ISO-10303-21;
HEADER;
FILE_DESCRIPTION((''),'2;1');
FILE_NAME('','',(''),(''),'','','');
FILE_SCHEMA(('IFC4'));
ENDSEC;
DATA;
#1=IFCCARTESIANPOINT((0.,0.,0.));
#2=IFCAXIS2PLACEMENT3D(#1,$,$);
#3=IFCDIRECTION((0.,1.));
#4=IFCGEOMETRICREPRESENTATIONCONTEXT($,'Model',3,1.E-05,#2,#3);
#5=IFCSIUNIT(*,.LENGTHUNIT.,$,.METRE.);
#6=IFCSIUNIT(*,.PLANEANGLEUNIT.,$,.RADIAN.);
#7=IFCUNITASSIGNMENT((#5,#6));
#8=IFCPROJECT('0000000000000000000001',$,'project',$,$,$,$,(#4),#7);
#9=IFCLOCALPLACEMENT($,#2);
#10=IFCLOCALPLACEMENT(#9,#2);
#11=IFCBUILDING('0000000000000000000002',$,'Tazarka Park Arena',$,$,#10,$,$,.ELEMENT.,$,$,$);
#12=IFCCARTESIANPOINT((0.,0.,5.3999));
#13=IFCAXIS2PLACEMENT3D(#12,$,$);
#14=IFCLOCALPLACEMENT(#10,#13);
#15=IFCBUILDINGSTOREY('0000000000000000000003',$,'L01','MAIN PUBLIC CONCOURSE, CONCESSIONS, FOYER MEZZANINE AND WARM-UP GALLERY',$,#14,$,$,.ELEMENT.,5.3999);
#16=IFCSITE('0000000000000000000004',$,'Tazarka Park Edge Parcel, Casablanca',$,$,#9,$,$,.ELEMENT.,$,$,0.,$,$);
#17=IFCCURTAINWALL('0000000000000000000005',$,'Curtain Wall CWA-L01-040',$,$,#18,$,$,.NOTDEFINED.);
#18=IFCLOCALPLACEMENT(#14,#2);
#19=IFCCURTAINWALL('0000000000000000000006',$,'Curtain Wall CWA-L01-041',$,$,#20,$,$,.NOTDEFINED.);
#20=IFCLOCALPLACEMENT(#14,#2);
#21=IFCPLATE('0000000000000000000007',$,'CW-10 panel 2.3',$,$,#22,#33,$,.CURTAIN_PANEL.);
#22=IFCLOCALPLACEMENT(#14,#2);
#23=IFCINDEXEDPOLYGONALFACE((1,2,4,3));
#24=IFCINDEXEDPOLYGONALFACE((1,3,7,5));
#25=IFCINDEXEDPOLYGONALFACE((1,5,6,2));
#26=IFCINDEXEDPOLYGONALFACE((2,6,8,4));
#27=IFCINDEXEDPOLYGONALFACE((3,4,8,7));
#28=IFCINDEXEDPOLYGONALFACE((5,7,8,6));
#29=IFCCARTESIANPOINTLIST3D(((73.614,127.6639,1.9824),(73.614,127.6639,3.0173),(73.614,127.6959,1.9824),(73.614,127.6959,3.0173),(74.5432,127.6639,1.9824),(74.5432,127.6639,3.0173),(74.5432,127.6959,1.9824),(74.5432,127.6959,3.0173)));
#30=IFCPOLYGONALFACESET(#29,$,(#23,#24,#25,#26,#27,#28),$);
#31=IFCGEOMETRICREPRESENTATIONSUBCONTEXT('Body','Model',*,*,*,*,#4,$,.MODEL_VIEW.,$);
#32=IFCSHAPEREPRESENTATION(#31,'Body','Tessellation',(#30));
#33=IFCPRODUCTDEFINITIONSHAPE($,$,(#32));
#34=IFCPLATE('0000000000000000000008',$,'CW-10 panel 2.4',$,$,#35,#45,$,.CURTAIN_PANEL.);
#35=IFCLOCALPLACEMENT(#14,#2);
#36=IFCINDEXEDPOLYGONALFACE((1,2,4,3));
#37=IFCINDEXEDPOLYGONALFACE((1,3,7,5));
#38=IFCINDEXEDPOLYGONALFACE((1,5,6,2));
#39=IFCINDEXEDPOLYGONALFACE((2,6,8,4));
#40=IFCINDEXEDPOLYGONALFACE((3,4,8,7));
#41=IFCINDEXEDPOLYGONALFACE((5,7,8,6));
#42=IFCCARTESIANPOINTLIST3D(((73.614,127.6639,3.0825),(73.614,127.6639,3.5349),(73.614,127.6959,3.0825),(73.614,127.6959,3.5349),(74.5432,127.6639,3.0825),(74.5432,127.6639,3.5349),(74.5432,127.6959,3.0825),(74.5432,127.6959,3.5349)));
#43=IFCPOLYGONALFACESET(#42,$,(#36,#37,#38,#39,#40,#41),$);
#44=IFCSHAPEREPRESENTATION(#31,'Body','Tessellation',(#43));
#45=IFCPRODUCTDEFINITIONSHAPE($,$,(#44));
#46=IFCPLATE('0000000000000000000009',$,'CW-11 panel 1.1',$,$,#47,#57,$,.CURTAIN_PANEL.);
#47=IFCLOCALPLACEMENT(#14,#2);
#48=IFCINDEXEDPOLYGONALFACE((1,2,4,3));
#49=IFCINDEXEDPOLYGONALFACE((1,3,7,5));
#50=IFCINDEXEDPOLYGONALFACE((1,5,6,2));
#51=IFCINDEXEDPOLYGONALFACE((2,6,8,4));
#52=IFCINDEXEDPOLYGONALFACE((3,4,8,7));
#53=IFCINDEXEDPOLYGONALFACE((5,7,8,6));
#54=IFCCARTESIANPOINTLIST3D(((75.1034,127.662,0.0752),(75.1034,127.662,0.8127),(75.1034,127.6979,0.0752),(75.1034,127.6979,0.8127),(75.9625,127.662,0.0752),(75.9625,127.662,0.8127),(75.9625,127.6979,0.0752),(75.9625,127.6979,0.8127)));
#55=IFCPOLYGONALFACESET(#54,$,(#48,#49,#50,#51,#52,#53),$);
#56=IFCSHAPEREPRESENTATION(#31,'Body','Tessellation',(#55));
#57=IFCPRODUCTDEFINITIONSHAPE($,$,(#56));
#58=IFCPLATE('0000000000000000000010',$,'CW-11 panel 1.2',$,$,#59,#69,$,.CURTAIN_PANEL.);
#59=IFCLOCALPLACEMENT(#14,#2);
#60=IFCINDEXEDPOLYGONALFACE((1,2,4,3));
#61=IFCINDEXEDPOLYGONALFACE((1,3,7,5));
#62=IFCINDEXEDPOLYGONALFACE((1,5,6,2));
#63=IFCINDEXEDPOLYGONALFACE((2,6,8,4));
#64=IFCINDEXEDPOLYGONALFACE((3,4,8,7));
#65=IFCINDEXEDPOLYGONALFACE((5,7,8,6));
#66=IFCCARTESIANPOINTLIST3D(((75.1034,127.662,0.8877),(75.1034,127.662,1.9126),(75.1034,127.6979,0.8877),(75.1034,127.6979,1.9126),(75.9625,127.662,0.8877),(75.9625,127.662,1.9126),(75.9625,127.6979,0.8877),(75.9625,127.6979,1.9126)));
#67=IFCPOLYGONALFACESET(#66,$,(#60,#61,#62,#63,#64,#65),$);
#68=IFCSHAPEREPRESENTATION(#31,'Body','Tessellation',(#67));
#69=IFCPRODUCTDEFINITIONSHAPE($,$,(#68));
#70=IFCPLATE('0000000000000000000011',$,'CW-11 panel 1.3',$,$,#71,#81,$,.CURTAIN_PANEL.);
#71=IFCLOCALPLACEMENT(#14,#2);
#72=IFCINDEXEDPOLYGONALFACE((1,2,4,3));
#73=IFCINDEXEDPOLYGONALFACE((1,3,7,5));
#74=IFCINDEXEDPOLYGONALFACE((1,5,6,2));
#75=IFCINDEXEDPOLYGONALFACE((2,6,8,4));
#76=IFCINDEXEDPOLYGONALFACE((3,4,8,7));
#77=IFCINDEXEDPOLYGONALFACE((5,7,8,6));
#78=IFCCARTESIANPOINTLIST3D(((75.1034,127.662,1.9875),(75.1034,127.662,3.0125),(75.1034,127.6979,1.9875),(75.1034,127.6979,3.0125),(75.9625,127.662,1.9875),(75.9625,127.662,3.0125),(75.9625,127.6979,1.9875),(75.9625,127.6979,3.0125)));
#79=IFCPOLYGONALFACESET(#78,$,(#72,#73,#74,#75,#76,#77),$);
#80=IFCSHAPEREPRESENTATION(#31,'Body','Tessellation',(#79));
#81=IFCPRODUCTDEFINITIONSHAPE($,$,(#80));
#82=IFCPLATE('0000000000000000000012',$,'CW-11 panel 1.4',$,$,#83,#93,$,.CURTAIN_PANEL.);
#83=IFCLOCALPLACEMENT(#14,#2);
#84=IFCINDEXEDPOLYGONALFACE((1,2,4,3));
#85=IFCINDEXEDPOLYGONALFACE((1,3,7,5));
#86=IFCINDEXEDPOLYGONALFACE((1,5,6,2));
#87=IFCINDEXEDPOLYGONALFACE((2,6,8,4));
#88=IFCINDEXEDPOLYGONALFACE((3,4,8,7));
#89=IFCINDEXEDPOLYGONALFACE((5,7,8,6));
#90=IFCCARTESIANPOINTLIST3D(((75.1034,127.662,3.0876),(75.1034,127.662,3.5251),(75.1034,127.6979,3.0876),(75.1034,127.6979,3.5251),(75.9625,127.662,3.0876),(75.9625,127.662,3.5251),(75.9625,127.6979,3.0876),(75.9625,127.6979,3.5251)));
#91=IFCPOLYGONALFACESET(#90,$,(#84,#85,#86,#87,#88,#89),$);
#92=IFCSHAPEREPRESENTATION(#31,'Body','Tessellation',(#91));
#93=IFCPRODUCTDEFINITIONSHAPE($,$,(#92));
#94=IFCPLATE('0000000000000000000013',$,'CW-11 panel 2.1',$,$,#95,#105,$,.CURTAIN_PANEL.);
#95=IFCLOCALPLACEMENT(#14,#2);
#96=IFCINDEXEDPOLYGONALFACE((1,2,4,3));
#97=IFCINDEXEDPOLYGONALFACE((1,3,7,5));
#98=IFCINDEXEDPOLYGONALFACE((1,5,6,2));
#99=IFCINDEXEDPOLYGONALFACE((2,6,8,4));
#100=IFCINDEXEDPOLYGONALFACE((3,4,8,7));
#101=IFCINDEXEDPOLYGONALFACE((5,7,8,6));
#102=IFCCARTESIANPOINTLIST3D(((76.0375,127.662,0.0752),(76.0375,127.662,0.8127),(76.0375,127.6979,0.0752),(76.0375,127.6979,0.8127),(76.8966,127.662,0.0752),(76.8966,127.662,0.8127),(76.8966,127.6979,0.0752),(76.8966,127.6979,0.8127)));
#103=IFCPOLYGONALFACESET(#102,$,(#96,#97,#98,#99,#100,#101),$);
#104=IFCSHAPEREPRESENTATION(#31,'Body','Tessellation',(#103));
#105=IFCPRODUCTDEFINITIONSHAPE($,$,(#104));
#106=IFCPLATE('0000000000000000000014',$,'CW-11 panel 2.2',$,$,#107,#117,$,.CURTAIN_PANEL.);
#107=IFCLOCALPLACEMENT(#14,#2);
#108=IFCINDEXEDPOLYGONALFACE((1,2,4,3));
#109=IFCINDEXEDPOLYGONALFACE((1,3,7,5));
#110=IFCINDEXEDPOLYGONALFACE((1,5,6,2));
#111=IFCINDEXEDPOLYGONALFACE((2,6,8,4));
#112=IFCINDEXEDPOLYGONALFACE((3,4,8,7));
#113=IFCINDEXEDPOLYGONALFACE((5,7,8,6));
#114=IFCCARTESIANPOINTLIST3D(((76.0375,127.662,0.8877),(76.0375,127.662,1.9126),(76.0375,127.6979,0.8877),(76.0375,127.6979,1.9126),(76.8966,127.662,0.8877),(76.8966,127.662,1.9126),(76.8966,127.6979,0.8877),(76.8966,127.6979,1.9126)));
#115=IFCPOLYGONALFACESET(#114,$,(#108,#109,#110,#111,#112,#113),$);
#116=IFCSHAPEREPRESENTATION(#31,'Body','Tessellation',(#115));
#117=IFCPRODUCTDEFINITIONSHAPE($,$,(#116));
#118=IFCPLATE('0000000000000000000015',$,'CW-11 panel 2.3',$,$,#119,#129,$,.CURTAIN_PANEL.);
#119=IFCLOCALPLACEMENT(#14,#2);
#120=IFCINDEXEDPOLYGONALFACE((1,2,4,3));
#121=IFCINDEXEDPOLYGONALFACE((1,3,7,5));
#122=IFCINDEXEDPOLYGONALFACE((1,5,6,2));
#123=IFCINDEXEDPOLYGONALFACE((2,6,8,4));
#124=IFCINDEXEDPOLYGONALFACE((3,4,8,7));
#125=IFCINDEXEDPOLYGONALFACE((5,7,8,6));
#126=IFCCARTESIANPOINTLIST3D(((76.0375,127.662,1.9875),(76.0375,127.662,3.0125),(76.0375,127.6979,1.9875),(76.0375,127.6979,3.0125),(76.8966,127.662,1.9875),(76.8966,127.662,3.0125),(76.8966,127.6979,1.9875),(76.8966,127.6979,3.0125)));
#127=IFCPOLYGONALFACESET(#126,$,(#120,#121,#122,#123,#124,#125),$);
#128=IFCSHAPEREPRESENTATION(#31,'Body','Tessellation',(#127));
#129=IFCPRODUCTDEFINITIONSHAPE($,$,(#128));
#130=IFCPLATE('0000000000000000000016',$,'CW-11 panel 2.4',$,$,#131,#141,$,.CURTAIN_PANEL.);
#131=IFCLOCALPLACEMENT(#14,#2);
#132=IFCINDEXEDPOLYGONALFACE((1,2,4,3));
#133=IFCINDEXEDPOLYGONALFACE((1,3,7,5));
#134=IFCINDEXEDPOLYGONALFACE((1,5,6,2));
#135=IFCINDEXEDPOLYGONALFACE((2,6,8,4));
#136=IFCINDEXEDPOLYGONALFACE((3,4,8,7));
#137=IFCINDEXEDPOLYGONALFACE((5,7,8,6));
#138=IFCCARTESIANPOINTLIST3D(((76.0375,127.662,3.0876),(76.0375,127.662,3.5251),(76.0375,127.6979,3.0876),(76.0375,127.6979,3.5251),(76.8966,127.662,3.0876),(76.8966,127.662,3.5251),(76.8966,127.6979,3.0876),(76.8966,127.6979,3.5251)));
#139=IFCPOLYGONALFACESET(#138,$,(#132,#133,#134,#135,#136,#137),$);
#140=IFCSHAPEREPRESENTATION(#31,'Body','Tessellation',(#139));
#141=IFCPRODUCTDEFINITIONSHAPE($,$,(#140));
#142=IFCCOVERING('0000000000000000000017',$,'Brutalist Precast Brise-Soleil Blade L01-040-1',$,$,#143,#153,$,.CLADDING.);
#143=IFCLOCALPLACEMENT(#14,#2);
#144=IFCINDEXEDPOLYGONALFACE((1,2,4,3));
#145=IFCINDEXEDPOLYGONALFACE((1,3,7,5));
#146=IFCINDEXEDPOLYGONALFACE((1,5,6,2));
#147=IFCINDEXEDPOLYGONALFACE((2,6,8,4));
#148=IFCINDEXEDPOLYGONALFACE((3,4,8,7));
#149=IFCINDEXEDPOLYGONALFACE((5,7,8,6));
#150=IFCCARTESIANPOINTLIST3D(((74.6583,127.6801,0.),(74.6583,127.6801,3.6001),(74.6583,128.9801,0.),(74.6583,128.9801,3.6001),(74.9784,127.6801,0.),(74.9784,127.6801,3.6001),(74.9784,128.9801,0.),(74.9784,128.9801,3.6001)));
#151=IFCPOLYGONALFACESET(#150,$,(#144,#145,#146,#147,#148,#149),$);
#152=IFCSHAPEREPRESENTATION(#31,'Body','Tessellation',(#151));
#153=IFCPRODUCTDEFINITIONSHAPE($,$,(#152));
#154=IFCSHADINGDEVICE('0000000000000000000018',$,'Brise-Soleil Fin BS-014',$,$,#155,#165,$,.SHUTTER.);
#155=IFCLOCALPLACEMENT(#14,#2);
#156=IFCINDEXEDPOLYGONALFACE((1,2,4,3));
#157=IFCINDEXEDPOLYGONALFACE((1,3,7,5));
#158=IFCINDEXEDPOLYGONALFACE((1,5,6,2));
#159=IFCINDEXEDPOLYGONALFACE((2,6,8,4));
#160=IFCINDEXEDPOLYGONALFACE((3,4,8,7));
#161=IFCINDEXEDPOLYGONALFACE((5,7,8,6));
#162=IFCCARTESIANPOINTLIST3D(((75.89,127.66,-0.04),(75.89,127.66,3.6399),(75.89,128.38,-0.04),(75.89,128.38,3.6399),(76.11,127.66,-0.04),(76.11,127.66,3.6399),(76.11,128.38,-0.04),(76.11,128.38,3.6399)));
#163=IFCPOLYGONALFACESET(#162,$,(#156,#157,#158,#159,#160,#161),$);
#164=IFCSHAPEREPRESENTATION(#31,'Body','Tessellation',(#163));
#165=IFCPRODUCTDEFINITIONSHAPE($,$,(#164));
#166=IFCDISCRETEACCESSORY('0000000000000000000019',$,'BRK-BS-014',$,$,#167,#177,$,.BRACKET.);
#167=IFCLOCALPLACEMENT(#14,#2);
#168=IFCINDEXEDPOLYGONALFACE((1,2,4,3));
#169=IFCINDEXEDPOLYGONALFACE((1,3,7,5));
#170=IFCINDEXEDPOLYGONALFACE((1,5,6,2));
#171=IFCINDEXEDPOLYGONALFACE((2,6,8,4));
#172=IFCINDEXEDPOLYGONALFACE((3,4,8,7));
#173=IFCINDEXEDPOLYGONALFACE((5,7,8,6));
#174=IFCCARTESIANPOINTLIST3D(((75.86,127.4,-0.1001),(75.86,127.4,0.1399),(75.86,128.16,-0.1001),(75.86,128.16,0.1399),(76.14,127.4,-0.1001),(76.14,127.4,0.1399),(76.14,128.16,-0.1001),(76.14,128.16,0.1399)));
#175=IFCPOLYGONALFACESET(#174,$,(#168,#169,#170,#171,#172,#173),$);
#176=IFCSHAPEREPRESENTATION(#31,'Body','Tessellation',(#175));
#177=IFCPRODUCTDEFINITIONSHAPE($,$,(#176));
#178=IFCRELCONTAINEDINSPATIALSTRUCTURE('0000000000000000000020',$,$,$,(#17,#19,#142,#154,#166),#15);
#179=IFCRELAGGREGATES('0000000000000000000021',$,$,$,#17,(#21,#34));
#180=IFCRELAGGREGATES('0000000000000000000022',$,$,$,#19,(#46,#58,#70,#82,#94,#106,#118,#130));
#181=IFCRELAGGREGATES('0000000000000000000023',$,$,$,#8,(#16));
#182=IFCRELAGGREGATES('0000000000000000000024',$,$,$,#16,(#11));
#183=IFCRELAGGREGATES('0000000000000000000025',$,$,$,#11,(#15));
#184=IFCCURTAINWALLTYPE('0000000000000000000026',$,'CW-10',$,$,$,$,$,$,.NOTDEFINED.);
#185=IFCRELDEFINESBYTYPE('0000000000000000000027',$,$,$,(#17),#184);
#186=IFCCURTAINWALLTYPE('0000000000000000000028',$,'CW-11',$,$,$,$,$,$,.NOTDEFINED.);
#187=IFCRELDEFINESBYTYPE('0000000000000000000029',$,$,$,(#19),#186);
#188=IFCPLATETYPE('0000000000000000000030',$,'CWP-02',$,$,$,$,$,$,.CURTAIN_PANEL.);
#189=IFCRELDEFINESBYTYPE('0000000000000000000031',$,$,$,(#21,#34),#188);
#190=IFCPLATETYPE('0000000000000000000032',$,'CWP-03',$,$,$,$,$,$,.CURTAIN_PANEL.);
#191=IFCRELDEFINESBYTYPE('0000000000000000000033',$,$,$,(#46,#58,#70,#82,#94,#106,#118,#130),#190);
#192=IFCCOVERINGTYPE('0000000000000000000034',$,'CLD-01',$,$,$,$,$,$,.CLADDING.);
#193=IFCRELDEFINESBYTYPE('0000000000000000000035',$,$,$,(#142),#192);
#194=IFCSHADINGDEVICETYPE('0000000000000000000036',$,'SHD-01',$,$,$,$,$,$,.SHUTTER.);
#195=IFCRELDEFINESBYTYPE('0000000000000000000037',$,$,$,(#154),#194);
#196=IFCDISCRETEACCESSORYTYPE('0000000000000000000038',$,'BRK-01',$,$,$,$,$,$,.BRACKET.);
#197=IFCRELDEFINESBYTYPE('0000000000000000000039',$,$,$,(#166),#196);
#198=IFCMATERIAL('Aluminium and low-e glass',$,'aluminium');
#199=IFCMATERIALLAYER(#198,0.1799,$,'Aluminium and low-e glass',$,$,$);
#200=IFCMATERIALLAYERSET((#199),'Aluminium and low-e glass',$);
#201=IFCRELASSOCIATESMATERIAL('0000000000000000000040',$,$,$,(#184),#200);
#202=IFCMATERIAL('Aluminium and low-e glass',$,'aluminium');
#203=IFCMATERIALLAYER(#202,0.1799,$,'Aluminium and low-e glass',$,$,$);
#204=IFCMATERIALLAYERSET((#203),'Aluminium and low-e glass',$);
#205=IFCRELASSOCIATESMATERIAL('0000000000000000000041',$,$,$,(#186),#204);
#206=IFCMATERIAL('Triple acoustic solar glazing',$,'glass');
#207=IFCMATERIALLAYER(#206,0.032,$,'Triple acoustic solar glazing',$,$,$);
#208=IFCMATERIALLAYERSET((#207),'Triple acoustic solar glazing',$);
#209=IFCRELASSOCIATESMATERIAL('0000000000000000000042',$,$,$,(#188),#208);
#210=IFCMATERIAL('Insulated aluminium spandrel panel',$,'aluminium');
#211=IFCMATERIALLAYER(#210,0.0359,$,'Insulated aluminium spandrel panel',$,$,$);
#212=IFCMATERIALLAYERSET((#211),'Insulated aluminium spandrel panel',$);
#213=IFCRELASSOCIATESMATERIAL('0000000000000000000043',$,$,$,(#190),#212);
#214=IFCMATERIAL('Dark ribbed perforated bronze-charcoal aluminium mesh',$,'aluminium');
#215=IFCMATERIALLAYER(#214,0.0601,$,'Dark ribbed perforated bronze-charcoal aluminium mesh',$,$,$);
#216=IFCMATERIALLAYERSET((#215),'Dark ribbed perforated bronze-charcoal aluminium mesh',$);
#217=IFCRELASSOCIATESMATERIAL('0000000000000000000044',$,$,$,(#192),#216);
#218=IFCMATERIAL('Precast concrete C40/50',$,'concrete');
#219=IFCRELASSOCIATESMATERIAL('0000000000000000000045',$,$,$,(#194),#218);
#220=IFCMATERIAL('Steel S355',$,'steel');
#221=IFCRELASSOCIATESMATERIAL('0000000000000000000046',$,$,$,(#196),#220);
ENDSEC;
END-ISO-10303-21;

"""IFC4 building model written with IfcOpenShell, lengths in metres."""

from ifc_helpers import new_model, si_unit, direction, frame, origin, origin_2d, place, context, subcontext, project, spatial, rectangle, extrude, material, layer, layer_set, type_object, element, aggregate, save


model = new_model("IFC4")

# Units and contexts
model_context = context("Model", 3, precision=1e-05, world=origin(), true_north=direction((0.0, 1.0)))
body_context = subcontext(model_context, "Body", "Model", "MODEL_VIEW")
ifc_project = project(units=[si_unit("LENGTHUNIT", "METRE"), si_unit("PLANEANGLEUNIT", "RADIAN")], contexts=[model_context])

# Site, building, storey
site_placement = place(None, origin())
site = spatial("IfcSite", under=ifc_project, at=site_placement, Name="Tazarka Park Edge Parcel, Casablanca", CompositionType="ELEMENT", RefElevation=0.0)
building_placement = place(site_placement, origin())
building = spatial("IfcBuilding", under=site, at=building_placement, Name="Tazarka Park Arena", CompositionType="ELEMENT")
storey_placement = place(building_placement, frame((0.0, 0.0, 5.3999)))
storey = spatial("IfcBuildingStorey", under=building, at=storey_placement, Name="L01", Description="MAIN PUBLIC CONCOURSE, CONCESSIONS, FOYER MEZZANINE AND WARM-UP GALLERY", CompositionType="ELEMENT", Elevation=5.3999)

# Curtain wall
ifc_material_1 = material(Name="Aluminium and low-e glass", Category="aluminium")
ifc_layer_1 = layer(ifc_material_1, 0.1799, Name="Aluminium and low-e glass")
ifc_layer_set_1 = layer_set([ifc_layer_1], Name="Aluminium and low-e glass")
curtain_wall_type_1 = type_object("IfcCurtainWallType", Name="CW-10", PredefinedType="NOTDEFINED", material=ifc_layer_set_1)
curtain_wall_1_placement = place(storey_placement, origin())
curtain_wall_1 = element("IfcCurtainWall", 1, at=curtain_wall_1_placement, inside=storey, type_object=curtain_wall_type_1, Name="Curtain Wall CWA-L01-040", PredefinedType="NOTDEFINED")

# Curtain wall
ifc_material_2 = material(Name="Aluminium and low-e glass", Category="aluminium")
ifc_layer_2 = layer(ifc_material_2, 0.1799, Name="Aluminium and low-e glass")
ifc_layer_set_2 = layer_set([ifc_layer_2], Name="Aluminium and low-e glass")
curtain_wall_type_2 = type_object("IfcCurtainWallType", Name="CW-11", PredefinedType="NOTDEFINED", material=ifc_layer_set_2)
curtain_wall_2_placement = place(storey_placement, origin())
curtain_wall_2 = element("IfcCurtainWall", 2, at=curtain_wall_2_placement, inside=storey, type_object=curtain_wall_type_2, Name="Curtain Wall CWA-L01-041", PredefinedType="NOTDEFINED")

# Plates
ifc_material_3 = material(Name="Triple acoustic solar glazing", Category="glass")
ifc_layer_3 = layer(ifc_material_3, 0.032, Name="Triple acoustic solar glazing")
ifc_layer_set_3 = layer_set([ifc_layer_3], Name="Triple acoustic solar glazing")
plate_type_1 = type_object("IfcPlateType", Name="CWP-02", PredefinedType="CURTAIN_PANEL", material=ifc_layer_set_3)
plate_1_placement = place(storey_placement, frame((74.0786, 127.6799, 1.9824), z_axis=(0.0, 0.0, 1.0), x_axis=(1.0, 0.0, 0.0)))
plate_1 = element("IfcPlate", 3, at=plate_1_placement, type_object=plate_type_1, Name="CW-10 panel 2.3", PredefinedType="CURTAIN_PANEL", context=body_context, shape_type="SweptSolid", body=[
    extrude(rectangle(XDim=0.9292, YDim=0.032, at=origin_2d()), origin(), (0.0, 0.0, 1.0), 1.0349),
])
plate_2_placement = place(storey_placement, frame((74.0786, 127.6799, 3.0825), z_axis=(0.0, 0.0, 1.0), x_axis=(1.0, 0.0, 0.0)))
plate_2 = element("IfcPlate", 4, at=plate_2_placement, type_object=plate_type_1, Name="CW-10 panel 2.4", PredefinedType="CURTAIN_PANEL", context=body_context, shape_type="SweptSolid", body=[
    extrude(rectangle(XDim=0.9292, YDim=0.032, at=origin_2d()), origin(), (0.0, 0.0, 1.0), 0.4524),
])
aggregate(curtain_wall_1, [plate_1, plate_2])
ifc_material_4 = material(Name="Insulated aluminium spandrel panel", Category="aluminium")
ifc_layer_4 = layer(ifc_material_4, 0.0359, Name="Insulated aluminium spandrel panel")
ifc_layer_set_4 = layer_set([ifc_layer_4], Name="Insulated aluminium spandrel panel")
plate_type_2 = type_object("IfcPlateType", Name="CWP-03", PredefinedType="CURTAIN_PANEL", material=ifc_layer_set_4)
plate_3_placement = place(storey_placement, frame((75.533, 127.6799, 0.0752), z_axis=(0.0, 0.0, 1.0), x_axis=(1.0, 0.0, 0.0)))
plate_3 = element("IfcPlate", 5, at=plate_3_placement, type_object=plate_type_2, Name="CW-11 panel 1.1", PredefinedType="CURTAIN_PANEL", context=body_context, shape_type="SweptSolid", body=[
    extrude(rectangle(XDim=0.8591, YDim=0.0359, at=origin_2d()), origin(), (0.0, 0.0, 1.0), 0.7375),
])
plate_4_placement = place(storey_placement, frame((75.533, 127.6799, 0.8877), z_axis=(0.0, 0.0, 1.0), x_axis=(1.0, 0.0, 0.0)))
plate_4 = element("IfcPlate", 6, at=plate_4_placement, type_object=plate_type_2, Name="CW-11 panel 1.2", PredefinedType="CURTAIN_PANEL", context=body_context, shape_type="SweptSolid", body=[
    extrude(rectangle(XDim=0.8591, YDim=0.0359, at=origin_2d()), origin(), (0.0, 0.0, 1.0), 1.0249),
])
plate_5_placement = place(storey_placement, frame((75.533, 127.6799, 1.9875), z_axis=(0.0, 0.0, 1.0), x_axis=(1.0, 0.0, 0.0)))
plate_5 = element("IfcPlate", 7, at=plate_5_placement, type_object=plate_type_2, Name="CW-11 panel 1.3", PredefinedType="CURTAIN_PANEL", context=body_context, shape_type="SweptSolid", body=[
    extrude(rectangle(XDim=0.8591, YDim=0.0359, at=origin_2d()), origin(), (0.0, 0.0, 1.0), 1.0249),
])
plate_6_placement = place(storey_placement, frame((75.533, 127.6799, 3.0876), z_axis=(0.0, 0.0, 1.0), x_axis=(1.0, 0.0, 0.0)))
plate_6 = element("IfcPlate", 8, at=plate_6_placement, type_object=plate_type_2, Name="CW-11 panel 1.4", PredefinedType="CURTAIN_PANEL", context=body_context, shape_type="SweptSolid", body=[
    extrude(rectangle(XDim=0.8591, YDim=0.0359, at=origin_2d()), origin(), (0.0, 0.0, 1.0), 0.4375),
])
plate_7_placement = place(storey_placement, frame((76.467, 127.6799, 0.0752), z_axis=(0.0, 0.0, 1.0), x_axis=(1.0, 0.0, 0.0)))
plate_7 = element("IfcPlate", 9, at=plate_7_placement, type_object=plate_type_2, Name="CW-11 panel 2.1", PredefinedType="CURTAIN_PANEL", context=body_context, shape_type="SweptSolid", body=[
    extrude(rectangle(XDim=0.8591, YDim=0.0359, at=origin_2d()), origin(), (0.0, 0.0, 1.0), 0.7375),
])
plate_8_placement = place(storey_placement, frame((76.467, 127.6799, 0.8877), z_axis=(0.0, 0.0, 1.0), x_axis=(1.0, 0.0, 0.0)))
plate_8 = element("IfcPlate", 10, at=plate_8_placement, type_object=plate_type_2, Name="CW-11 panel 2.2", PredefinedType="CURTAIN_PANEL", context=body_context, shape_type="SweptSolid", body=[
    extrude(rectangle(XDim=0.8591, YDim=0.0359, at=origin_2d()), origin(), (0.0, 0.0, 1.0), 1.0249),
])
plate_9_placement = place(storey_placement, frame((76.467, 127.6799, 1.9875), z_axis=(0.0, 0.0, 1.0), x_axis=(1.0, 0.0, 0.0)))
plate_9 = element("IfcPlate", 11, at=plate_9_placement, type_object=plate_type_2, Name="CW-11 panel 2.3", PredefinedType="CURTAIN_PANEL", context=body_context, shape_type="SweptSolid", body=[
    extrude(rectangle(XDim=0.8591, YDim=0.0359, at=origin_2d()), origin(), (0.0, 0.0, 1.0), 1.0249),
])
plate_10_placement = place(storey_placement, frame((76.467, 127.6799, 3.0876), z_axis=(0.0, 0.0, 1.0), x_axis=(1.0, 0.0, 0.0)))
plate_10 = element("IfcPlate", 12, at=plate_10_placement, type_object=plate_type_2, Name="CW-11 panel 2.4", PredefinedType="CURTAIN_PANEL", context=body_context, shape_type="SweptSolid", body=[
    extrude(rectangle(XDim=0.8591, YDim=0.0359, at=origin_2d()), origin(), (0.0, 0.0, 1.0), 0.4375),
])
aggregate(curtain_wall_2, [plate_3, plate_4, plate_5, plate_6, plate_7, plate_8, plate_9, plate_10])

# Covering
ifc_material_5 = material(Name="Dark ribbed perforated bronze-charcoal aluminium mesh", Category="aluminium")
ifc_layer_5 = layer(ifc_material_5, 0.0601, Name="Dark ribbed perforated bronze-charcoal aluminium mesh")
ifc_layer_set_5 = layer_set([ifc_layer_5], Name="Dark ribbed perforated bronze-charcoal aluminium mesh")
covering_type = type_object("IfcCoveringType", Name="CLD-01", PredefinedType="CLADDING", material=ifc_layer_set_5)
covering_placement = place(storey_placement, frame((74.8184, 128.3301, 0.0), z_axis=(0.0, 0.0, 1.0), x_axis=(1.0, 0.0, 0.0)))
element("IfcCovering", 13, at=covering_placement, inside=storey, type_object=covering_type, Name="Brutalist Precast Brise-Soleil Blade L01-040-1", PredefinedType="CLADDING", context=body_context, shape_type="SweptSolid", body=[
    extrude(rectangle(XDim=0.3201, YDim=1.3, at=origin_2d()), origin(), (0.0, 0.0, 1.0), 3.6001),
])

# Shading device
ifc_material_6 = material(Name="Precast concrete C40/50", Category="concrete")
shading_device_type = type_object("IfcShadingDeviceType", Name="SHD-01", PredefinedType="SHUTTER", material=ifc_material_6)
shading_device_placement = place(storey_placement, frame((76.0, 128.02, -0.04), z_axis=(0.0, 0.0, 1.0), x_axis=(1.0, 0.0, 0.0)))
element("IfcShadingDevice", 14, at=shading_device_placement, inside=storey, type_object=shading_device_type, Name="Brise-Soleil Fin BS-014", PredefinedType="SHUTTER", context=body_context, shape_type="SweptSolid", body=[
    extrude(rectangle(XDim=0.22, YDim=0.72, at=origin_2d()), origin(), (0.0, 0.0, 1.0), 3.6799),
])

# Discrete accessory
ifc_material_7 = material(Name="Steel S355", Category="steel")
discrete_accessory_type = type_object("IfcDiscreteAccessoryType", Name="BRK-01", PredefinedType="BRACKET", material=ifc_material_7)
discrete_accessory_placement = place(storey_placement, frame((76.0, 127.78, -0.1001), z_axis=(0.0, 0.0, 1.0), x_axis=(1.0, 0.0, 0.0)))
element("IfcDiscreteAccessory", 15, at=discrete_accessory_placement, inside=storey, type_object=discrete_accessory_type, Name="BRK-BS-014", PredefinedType="BRACKET", context=body_context, shape_type="SweptSolid", body=[
    extrude(rectangle(XDim=0.28, YDim=0.76, at=origin_2d()), origin(), (0.0, 0.0, 1.0), 0.24),
])

save(model, "model.ifc")
